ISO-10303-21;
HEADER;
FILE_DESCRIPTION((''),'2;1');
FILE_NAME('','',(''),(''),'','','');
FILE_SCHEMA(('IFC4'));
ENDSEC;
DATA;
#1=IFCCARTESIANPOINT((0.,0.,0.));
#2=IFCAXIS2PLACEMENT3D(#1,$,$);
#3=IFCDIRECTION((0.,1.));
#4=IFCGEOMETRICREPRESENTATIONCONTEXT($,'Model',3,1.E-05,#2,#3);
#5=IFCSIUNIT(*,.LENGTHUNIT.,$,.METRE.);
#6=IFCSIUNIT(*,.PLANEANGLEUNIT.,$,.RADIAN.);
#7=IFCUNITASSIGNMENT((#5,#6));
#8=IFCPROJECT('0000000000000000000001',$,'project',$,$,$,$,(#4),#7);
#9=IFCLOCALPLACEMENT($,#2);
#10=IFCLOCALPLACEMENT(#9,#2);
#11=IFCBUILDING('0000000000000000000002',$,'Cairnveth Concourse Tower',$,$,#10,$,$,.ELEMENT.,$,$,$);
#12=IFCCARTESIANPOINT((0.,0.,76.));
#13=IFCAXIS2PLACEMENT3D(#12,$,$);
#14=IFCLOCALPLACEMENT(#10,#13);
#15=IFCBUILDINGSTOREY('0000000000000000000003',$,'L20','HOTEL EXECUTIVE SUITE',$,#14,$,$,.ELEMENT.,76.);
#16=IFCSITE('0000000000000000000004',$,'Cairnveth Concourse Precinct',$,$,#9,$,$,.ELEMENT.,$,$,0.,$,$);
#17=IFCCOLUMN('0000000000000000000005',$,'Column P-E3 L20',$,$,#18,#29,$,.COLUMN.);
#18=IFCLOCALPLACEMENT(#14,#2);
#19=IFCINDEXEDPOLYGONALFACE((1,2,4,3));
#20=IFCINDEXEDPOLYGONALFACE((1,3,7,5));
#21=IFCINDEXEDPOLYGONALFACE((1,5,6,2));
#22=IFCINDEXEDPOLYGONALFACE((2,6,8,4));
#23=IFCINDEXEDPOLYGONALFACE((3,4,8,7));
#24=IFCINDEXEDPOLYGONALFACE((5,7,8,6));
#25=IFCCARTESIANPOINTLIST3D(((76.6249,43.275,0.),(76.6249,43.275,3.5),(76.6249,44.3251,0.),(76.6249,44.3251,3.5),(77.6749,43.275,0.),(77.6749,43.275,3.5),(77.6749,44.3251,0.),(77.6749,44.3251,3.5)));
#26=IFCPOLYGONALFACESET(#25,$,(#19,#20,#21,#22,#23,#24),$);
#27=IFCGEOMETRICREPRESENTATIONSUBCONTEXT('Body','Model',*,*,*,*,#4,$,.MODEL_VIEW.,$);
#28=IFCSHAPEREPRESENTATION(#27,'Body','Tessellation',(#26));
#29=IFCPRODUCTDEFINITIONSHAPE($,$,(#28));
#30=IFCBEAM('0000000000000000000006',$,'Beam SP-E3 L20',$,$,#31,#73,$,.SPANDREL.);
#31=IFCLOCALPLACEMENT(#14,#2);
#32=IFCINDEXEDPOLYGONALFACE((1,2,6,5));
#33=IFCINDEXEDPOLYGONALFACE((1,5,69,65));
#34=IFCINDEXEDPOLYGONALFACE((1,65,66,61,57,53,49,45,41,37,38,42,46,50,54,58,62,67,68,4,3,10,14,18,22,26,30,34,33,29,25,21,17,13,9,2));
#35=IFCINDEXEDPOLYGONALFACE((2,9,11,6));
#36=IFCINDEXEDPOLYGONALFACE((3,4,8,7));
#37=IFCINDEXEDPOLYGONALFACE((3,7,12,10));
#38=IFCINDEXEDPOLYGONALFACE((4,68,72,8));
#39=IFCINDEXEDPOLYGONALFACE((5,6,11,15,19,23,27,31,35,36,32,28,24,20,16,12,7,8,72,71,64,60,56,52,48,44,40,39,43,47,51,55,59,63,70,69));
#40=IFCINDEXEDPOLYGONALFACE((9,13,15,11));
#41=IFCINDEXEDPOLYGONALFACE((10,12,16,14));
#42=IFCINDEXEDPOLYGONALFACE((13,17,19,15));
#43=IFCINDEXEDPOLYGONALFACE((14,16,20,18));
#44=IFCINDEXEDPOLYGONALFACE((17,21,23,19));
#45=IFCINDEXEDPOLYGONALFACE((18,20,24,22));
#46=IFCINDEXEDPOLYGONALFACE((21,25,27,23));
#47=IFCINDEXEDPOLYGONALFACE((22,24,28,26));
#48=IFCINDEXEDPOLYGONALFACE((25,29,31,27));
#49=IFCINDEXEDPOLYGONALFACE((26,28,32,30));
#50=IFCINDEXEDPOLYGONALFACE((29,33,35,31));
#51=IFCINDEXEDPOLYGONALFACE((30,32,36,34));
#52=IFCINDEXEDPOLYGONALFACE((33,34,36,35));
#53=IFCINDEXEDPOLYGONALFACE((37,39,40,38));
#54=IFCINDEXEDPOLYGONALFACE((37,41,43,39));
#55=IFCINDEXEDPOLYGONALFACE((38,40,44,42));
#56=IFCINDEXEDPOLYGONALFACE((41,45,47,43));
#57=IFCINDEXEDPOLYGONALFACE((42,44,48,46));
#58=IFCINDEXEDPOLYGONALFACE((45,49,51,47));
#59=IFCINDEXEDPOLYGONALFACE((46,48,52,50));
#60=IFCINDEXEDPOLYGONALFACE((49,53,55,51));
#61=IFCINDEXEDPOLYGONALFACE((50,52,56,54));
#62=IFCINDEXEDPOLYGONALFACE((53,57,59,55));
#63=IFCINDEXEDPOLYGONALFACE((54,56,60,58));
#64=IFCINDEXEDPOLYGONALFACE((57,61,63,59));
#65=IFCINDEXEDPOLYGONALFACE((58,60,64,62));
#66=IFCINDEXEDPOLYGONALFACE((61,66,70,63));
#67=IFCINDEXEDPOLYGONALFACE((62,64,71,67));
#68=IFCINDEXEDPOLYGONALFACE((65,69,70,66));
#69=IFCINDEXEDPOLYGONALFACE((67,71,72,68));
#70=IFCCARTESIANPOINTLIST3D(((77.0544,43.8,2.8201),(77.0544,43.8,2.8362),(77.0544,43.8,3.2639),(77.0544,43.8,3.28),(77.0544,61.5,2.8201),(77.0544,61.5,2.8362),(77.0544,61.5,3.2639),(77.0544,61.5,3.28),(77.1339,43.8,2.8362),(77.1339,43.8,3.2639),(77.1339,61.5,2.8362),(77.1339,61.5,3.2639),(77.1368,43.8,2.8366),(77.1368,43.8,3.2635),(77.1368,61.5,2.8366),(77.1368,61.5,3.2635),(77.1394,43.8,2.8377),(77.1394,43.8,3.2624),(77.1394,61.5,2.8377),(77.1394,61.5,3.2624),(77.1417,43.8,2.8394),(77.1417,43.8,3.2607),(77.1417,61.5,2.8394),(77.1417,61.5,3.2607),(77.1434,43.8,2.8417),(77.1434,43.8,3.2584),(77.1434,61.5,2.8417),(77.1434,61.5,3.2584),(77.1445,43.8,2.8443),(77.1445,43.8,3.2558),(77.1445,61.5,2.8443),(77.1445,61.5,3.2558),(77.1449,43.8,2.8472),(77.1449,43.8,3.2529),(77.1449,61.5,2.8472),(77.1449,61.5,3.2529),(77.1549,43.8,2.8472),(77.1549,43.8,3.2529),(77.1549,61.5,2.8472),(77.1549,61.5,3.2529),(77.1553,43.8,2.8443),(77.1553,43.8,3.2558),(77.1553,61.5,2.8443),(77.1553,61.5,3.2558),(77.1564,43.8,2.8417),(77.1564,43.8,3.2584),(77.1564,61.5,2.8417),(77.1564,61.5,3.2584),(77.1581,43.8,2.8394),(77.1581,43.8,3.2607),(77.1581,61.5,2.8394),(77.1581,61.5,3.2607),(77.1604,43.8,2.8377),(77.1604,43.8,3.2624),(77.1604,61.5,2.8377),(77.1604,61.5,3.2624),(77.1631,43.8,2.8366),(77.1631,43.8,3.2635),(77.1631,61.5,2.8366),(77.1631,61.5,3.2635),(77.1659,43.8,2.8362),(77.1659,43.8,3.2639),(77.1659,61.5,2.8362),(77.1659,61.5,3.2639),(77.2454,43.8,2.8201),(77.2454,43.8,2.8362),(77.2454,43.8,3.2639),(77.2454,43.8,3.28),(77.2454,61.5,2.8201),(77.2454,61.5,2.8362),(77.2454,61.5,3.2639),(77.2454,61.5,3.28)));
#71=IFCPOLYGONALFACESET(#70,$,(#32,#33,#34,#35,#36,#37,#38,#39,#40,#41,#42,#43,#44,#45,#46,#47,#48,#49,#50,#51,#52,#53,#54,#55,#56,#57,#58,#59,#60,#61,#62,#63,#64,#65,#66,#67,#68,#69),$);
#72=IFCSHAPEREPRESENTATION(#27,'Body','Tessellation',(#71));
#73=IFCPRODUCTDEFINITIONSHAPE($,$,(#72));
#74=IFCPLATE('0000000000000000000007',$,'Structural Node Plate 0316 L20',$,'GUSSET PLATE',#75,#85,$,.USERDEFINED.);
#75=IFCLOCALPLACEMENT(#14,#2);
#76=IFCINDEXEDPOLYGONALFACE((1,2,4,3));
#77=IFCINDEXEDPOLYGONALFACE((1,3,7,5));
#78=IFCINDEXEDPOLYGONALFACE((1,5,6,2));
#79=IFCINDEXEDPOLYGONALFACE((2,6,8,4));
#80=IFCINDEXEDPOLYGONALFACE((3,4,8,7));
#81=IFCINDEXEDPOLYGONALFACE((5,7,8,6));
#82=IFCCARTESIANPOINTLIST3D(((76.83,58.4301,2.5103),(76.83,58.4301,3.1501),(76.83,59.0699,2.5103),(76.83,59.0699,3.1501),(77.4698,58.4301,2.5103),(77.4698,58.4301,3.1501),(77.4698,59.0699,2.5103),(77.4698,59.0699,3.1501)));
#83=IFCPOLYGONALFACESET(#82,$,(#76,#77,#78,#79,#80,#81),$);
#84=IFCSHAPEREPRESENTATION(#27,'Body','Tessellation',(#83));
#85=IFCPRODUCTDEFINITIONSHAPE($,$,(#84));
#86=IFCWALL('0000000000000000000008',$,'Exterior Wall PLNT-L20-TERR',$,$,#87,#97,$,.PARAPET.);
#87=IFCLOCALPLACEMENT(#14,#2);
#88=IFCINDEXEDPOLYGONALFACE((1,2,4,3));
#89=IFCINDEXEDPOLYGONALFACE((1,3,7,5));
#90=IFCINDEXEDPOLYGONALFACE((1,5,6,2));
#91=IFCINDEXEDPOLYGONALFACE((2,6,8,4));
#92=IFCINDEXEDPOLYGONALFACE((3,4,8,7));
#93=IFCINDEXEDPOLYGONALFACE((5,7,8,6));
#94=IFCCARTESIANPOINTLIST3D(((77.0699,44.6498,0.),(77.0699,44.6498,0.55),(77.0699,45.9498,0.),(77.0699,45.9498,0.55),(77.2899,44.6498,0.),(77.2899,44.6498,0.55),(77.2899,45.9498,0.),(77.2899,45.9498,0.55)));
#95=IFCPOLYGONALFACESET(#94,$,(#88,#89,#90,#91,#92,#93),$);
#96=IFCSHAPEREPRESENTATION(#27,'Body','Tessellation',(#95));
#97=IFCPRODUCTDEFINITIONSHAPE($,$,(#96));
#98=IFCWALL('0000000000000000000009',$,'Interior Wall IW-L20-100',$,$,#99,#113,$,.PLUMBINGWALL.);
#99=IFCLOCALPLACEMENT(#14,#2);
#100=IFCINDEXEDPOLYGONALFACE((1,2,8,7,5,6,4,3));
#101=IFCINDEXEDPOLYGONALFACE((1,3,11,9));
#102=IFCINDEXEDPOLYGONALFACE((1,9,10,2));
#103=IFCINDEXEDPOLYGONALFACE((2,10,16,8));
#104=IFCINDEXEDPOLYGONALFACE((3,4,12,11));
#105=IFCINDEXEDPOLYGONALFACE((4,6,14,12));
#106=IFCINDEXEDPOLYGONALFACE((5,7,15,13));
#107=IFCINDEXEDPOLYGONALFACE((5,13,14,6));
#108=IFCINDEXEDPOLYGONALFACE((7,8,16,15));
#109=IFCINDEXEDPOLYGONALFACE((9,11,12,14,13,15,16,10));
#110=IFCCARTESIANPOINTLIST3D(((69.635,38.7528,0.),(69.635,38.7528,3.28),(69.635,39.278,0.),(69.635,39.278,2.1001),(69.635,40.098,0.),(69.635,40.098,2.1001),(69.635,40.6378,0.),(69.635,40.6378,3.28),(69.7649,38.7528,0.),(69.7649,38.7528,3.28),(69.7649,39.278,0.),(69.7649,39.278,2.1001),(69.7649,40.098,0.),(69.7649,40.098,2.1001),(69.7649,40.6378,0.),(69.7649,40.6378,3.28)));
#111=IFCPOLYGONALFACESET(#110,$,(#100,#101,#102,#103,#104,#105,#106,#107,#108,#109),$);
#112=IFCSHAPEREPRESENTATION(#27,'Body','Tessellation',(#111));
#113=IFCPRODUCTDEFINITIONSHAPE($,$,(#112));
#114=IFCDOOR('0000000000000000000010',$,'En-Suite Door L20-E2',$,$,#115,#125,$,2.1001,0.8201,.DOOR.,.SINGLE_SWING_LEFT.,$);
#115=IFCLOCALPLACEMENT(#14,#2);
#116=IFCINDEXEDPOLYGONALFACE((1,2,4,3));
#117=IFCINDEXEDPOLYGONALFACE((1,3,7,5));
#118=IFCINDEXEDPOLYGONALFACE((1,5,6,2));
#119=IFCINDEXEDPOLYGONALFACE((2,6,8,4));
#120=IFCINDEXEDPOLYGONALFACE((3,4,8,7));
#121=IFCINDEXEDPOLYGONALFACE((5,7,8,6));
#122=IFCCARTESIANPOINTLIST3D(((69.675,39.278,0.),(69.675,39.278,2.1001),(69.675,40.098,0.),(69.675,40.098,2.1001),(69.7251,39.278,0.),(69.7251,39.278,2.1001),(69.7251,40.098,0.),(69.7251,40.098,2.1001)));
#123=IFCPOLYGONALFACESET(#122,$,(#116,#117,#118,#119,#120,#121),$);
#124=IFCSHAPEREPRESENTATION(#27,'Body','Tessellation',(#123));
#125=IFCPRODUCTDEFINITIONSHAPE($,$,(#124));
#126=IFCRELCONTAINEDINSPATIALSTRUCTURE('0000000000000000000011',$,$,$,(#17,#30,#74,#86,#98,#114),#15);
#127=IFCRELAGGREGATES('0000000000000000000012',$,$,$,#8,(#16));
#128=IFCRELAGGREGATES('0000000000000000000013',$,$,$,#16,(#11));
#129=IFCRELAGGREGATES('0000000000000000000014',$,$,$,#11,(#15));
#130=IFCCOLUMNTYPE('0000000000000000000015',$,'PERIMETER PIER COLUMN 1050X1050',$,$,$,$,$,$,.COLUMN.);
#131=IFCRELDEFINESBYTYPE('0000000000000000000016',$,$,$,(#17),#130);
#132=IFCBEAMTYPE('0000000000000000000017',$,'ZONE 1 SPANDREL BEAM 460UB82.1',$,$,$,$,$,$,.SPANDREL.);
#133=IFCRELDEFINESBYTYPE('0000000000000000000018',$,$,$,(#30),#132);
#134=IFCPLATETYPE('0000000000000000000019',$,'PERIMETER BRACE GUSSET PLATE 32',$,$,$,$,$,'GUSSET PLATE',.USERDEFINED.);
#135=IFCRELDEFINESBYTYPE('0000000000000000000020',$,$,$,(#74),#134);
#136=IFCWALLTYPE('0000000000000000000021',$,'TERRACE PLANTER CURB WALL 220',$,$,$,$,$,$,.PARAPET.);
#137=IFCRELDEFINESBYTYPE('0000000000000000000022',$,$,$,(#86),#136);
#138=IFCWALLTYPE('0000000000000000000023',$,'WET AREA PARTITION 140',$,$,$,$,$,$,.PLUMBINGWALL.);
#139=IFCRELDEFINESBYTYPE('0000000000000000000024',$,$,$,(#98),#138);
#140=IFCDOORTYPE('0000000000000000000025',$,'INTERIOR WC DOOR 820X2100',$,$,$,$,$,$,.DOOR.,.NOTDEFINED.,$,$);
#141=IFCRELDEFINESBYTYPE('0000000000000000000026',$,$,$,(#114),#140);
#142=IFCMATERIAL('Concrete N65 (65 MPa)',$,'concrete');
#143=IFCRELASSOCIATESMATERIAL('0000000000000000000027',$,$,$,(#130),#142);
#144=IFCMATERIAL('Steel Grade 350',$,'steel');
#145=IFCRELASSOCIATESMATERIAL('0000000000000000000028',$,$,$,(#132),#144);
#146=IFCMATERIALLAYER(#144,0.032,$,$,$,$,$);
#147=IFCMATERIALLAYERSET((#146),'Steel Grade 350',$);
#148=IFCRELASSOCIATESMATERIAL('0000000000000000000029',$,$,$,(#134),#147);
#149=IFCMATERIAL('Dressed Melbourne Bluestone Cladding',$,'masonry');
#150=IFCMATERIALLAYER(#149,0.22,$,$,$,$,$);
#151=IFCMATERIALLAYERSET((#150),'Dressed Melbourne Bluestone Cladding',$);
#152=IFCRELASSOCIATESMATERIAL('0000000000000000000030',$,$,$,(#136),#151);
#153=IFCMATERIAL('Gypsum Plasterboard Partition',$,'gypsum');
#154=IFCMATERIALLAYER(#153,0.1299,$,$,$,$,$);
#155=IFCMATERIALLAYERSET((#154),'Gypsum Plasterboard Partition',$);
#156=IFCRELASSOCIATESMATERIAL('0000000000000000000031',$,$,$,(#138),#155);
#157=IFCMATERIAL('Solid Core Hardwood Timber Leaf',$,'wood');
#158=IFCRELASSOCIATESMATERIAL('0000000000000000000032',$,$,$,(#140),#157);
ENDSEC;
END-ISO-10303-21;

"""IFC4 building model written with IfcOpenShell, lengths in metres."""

from ifc_helpers import new_model, si_unit, direction, frame, frame_2d, origin, origin_2d, place, context, subcontext, project, spatial, rectangle, i_section, extrude, material, layer, layer_set, material_profile, profile_set, type_object, element, fill, save


model = new_model("IFC4")

# Units and contexts
model_context = context("Model", 3, precision=1e-05, world=origin(), true_north=direction((0.0, 1.0)))
body_context = subcontext(model_context, "Body", "Model", "MODEL_VIEW")
ifc_project = project(units=[si_unit("LENGTHUNIT", "METRE"), si_unit("PLANEANGLEUNIT", "RADIAN")], contexts=[model_context])

# Site, building, storey
site_placement = place(None, origin())
site = spatial("IfcSite", under=ifc_project, at=site_placement, Name="Cairnveth Concourse Precinct", CompositionType="ELEMENT", RefElevation=0.0)
building_placement = place(site_placement, origin())
building = spatial("IfcBuilding", under=site, at=building_placement, Name="Cairnveth Concourse Tower", CompositionType="ELEMENT")
storey_placement = place(building_placement, frame((0.0, 0.0, 76.0)))
storey = spatial("IfcBuildingStorey", under=building, at=storey_placement, Name="L20", Description="HOTEL EXECUTIVE SUITE", CompositionType="ELEMENT", Elevation=76.0)

# Column
ifc_material_1 = material(Name="Concrete N65 (65 MPa)", Category="concrete")
ifc_material_profile_1 = material_profile(ifc_material_1, rectangle(XDim=1.05, YDim=1.05, at=origin_2d()), Name="RC-COL-1050x1050")
ifc_profile_set_1 = profile_set([ifc_material_profile_1], Name="Concrete N65 (65 MPa)")
column_type = type_object("IfcColumnType", Name="PERIMETER PIER COLUMN 1050X1050", PredefinedType="COLUMN", material=ifc_profile_set_1)
column_placement = place(storey_placement, frame((77.1499, 43.8, 0.0), z_axis=(0.0, 0.0, 1.0), x_axis=(0.0, 1.0, 0.0)))
element("IfcColumn", 1, at=column_placement, inside=storey, type_object=column_type, Name="Column P-E3 L20", PredefinedType="COLUMN", context=body_context, shape_type="SweptSolid", body=[
    extrude(rectangle(XDim=1.05, YDim=1.05, at=origin_2d()), origin(), (0.0, 0.0, 1.0), 3.5),
])

# Beam
ifc_material_2 = material(Name="Steel Grade 350", Category="steel")
ifc_material_profile_2 = material_profile(ifc_material_2, i_section(OverallWidth=0.1909, OverallDepth=0.46, WebThickness=0.01, FlangeThickness=0.0161, FilletRadius=0.011, at=origin_2d()), Name="460UB82.1")
ifc_profile_set_2 = profile_set([ifc_material_profile_2], Name="Steel Grade 350")
beam_type = type_object("IfcBeamType", Name="ZONE 1 SPANDREL BEAM 460UB82.1", PredefinedType="SPANDREL", material=ifc_profile_set_2)
beam_placement = place(storey_placement, frame((77.1499, 43.8, 3.05), z_axis=(0.0, 1.0, 0.0), x_axis=(-1.0, 0.0, 0.0)))
element("IfcBeam", 2, at=beam_placement, inside=storey, type_object=beam_type, Name="Beam SP-E3 L20", PredefinedType="SPANDREL", context=body_context, shape_type="SweptSolid", body=[
    extrude(i_section(OverallWidth=0.1909, OverallDepth=0.46, WebThickness=0.01, FlangeThickness=0.0161, FilletRadius=0.011, at=origin_2d()), origin(), (0.0, 0.0, 1.0), 17.7),
])

# Plate
ifc_layer_1 = layer(ifc_material_2, 0.032)
ifc_layer_set_1 = layer_set([ifc_layer_1], Name="Steel Grade 350")
plate_type = type_object("IfcPlateType", Name="PERIMETER BRACE GUSSET PLATE 32", ElementType="GUSSET PLATE", PredefinedType="USERDEFINED", material=ifc_layer_set_1)
plate_placement = place(storey_placement, frame((77.1499, 58.75, 2.5103), z_axis=(0.0, 0.0, 1.0), x_axis=(1.0, 0.0, 0.0)))
element("IfcPlate", 3, at=plate_placement, inside=storey, type_object=plate_type, Name="Structural Node Plate 0316 L20", ObjectType="GUSSET PLATE", PredefinedType="USERDEFINED", context=body_context, shape_type="SweptSolid", body=[
    extrude(rectangle(XDim=0.6399, YDim=0.6399, at=origin_2d()), origin(), (0.0, 0.0, 1.0), 0.6399),
])

# Wall
ifc_material_3 = material(Name="Dressed Melbourne Bluestone Cladding", Category="masonry")
ifc_layer_2 = layer(ifc_material_3, 0.22)
ifc_layer_set_2 = layer_set([ifc_layer_2], Name="Dressed Melbourne Bluestone Cladding")
wall_type_1 = type_object("IfcWallType", Name="TERRACE PLANTER CURB WALL 220", PredefinedType="PARAPET", material=ifc_layer_set_2)
wall_1_placement = place(storey_placement, frame((77.1799, 44.6499, 0.0), z_axis=(0.0, 0.0, 1.0), x_axis=(0.0, 1.0, 0.0)))
element("IfcWall", 4, at=wall_1_placement, inside=storey, type_object=wall_type_1, Name="Exterior Wall PLNT-L20-TERR", PredefinedType="PARAPET", context=body_context, shape_type="SweptSolid", body=[
    extrude(rectangle(XDim=1.3, YDim=0.22, at=frame_2d((0.6499, 0.0))), origin(), (0.0, 0.0, 1.0), 0.55),
])

# Wall, opening, door
ifc_material_4 = material(Name="Gypsum Plasterboard Partition", Category="gypsum")
ifc_layer_3 = layer(ifc_material_4, 0.1299)
ifc_layer_set_3 = layer_set([ifc_layer_3], Name="Gypsum Plasterboard Partition")
wall_type_2 = type_object("IfcWallType", Name="WET AREA PARTITION 140", PredefinedType="PLUMBINGWALL", material=ifc_layer_set_3)
wall_2_placement = place(storey_placement, frame((69.7, 38.7529, 0.0), z_axis=(0.0, 0.0, 1.0), x_axis=(0.0, 1.0, 0.0)))
wall_2 = element("IfcWall", 5, at=wall_2_placement, inside=storey, type_object=wall_type_2, Name="Interior Wall IW-L20-100", PredefinedType="PLUMBINGWALL", context=body_context, shape_type="SweptSolid", body=[
    extrude(rectangle(XDim=1.885, YDim=0.1299, at=frame_2d((0.9424, 0.0))), origin(), (0.0, 0.0, 1.0), 3.28),
])
opening_1_placement = place(wall_2_placement, frame((0.5249, 0.0, 0.0)))
opening_1 = element("IfcOpeningElement", 6, at=opening_1_placement, cuts=wall_2, PredefinedType="OPENING", context=body_context, shape_type="SweptSolid", body=[
    extrude(rectangle(XDim=0.8201, YDim=2.1001, at=frame_2d((0.4102, 1.05))), frame((0.0, 0.075, 0.0), z_axis=(0.0, -1.0, 0.0), x_axis=(1.0, 0.0, 0.0)), (0.0, 0.0, 1.0), 0.1499),
])
ifc_material_5 = material(Name="Solid Core Hardwood Timber Leaf", Category="wood")
door_type_1 = type_object("IfcDoorType", Name="INTERIOR WC DOOR 820X2100", OperationType="NOTDEFINED", PredefinedType="DOOR", material=ifc_material_5)
door_1_placement = place(opening_1_placement, origin())
door_1 = element("IfcDoor", 7, at=door_1_placement, inside=storey, type_object=door_type_1, Name="En-Suite Door L20-E2", OperationType="SINGLE_SWING_LEFT", OverallHeight=2.1001, OverallWidth=0.8201, PredefinedType="DOOR", context=body_context, shape_type="SweptSolid", body=[
    extrude(rectangle(XDim=0.8201, YDim=2.1001, at=frame_2d((0.4102, 1.05))), frame((0.0, 0.0249, 0.0), z_axis=(0.0, -1.0, 0.0), x_axis=(1.0, 0.0, 0.0)), (0.0, 0.0, 1.0), 0.05),
])
fill(opening_1, door_1)

save(model, "model.ifc")
